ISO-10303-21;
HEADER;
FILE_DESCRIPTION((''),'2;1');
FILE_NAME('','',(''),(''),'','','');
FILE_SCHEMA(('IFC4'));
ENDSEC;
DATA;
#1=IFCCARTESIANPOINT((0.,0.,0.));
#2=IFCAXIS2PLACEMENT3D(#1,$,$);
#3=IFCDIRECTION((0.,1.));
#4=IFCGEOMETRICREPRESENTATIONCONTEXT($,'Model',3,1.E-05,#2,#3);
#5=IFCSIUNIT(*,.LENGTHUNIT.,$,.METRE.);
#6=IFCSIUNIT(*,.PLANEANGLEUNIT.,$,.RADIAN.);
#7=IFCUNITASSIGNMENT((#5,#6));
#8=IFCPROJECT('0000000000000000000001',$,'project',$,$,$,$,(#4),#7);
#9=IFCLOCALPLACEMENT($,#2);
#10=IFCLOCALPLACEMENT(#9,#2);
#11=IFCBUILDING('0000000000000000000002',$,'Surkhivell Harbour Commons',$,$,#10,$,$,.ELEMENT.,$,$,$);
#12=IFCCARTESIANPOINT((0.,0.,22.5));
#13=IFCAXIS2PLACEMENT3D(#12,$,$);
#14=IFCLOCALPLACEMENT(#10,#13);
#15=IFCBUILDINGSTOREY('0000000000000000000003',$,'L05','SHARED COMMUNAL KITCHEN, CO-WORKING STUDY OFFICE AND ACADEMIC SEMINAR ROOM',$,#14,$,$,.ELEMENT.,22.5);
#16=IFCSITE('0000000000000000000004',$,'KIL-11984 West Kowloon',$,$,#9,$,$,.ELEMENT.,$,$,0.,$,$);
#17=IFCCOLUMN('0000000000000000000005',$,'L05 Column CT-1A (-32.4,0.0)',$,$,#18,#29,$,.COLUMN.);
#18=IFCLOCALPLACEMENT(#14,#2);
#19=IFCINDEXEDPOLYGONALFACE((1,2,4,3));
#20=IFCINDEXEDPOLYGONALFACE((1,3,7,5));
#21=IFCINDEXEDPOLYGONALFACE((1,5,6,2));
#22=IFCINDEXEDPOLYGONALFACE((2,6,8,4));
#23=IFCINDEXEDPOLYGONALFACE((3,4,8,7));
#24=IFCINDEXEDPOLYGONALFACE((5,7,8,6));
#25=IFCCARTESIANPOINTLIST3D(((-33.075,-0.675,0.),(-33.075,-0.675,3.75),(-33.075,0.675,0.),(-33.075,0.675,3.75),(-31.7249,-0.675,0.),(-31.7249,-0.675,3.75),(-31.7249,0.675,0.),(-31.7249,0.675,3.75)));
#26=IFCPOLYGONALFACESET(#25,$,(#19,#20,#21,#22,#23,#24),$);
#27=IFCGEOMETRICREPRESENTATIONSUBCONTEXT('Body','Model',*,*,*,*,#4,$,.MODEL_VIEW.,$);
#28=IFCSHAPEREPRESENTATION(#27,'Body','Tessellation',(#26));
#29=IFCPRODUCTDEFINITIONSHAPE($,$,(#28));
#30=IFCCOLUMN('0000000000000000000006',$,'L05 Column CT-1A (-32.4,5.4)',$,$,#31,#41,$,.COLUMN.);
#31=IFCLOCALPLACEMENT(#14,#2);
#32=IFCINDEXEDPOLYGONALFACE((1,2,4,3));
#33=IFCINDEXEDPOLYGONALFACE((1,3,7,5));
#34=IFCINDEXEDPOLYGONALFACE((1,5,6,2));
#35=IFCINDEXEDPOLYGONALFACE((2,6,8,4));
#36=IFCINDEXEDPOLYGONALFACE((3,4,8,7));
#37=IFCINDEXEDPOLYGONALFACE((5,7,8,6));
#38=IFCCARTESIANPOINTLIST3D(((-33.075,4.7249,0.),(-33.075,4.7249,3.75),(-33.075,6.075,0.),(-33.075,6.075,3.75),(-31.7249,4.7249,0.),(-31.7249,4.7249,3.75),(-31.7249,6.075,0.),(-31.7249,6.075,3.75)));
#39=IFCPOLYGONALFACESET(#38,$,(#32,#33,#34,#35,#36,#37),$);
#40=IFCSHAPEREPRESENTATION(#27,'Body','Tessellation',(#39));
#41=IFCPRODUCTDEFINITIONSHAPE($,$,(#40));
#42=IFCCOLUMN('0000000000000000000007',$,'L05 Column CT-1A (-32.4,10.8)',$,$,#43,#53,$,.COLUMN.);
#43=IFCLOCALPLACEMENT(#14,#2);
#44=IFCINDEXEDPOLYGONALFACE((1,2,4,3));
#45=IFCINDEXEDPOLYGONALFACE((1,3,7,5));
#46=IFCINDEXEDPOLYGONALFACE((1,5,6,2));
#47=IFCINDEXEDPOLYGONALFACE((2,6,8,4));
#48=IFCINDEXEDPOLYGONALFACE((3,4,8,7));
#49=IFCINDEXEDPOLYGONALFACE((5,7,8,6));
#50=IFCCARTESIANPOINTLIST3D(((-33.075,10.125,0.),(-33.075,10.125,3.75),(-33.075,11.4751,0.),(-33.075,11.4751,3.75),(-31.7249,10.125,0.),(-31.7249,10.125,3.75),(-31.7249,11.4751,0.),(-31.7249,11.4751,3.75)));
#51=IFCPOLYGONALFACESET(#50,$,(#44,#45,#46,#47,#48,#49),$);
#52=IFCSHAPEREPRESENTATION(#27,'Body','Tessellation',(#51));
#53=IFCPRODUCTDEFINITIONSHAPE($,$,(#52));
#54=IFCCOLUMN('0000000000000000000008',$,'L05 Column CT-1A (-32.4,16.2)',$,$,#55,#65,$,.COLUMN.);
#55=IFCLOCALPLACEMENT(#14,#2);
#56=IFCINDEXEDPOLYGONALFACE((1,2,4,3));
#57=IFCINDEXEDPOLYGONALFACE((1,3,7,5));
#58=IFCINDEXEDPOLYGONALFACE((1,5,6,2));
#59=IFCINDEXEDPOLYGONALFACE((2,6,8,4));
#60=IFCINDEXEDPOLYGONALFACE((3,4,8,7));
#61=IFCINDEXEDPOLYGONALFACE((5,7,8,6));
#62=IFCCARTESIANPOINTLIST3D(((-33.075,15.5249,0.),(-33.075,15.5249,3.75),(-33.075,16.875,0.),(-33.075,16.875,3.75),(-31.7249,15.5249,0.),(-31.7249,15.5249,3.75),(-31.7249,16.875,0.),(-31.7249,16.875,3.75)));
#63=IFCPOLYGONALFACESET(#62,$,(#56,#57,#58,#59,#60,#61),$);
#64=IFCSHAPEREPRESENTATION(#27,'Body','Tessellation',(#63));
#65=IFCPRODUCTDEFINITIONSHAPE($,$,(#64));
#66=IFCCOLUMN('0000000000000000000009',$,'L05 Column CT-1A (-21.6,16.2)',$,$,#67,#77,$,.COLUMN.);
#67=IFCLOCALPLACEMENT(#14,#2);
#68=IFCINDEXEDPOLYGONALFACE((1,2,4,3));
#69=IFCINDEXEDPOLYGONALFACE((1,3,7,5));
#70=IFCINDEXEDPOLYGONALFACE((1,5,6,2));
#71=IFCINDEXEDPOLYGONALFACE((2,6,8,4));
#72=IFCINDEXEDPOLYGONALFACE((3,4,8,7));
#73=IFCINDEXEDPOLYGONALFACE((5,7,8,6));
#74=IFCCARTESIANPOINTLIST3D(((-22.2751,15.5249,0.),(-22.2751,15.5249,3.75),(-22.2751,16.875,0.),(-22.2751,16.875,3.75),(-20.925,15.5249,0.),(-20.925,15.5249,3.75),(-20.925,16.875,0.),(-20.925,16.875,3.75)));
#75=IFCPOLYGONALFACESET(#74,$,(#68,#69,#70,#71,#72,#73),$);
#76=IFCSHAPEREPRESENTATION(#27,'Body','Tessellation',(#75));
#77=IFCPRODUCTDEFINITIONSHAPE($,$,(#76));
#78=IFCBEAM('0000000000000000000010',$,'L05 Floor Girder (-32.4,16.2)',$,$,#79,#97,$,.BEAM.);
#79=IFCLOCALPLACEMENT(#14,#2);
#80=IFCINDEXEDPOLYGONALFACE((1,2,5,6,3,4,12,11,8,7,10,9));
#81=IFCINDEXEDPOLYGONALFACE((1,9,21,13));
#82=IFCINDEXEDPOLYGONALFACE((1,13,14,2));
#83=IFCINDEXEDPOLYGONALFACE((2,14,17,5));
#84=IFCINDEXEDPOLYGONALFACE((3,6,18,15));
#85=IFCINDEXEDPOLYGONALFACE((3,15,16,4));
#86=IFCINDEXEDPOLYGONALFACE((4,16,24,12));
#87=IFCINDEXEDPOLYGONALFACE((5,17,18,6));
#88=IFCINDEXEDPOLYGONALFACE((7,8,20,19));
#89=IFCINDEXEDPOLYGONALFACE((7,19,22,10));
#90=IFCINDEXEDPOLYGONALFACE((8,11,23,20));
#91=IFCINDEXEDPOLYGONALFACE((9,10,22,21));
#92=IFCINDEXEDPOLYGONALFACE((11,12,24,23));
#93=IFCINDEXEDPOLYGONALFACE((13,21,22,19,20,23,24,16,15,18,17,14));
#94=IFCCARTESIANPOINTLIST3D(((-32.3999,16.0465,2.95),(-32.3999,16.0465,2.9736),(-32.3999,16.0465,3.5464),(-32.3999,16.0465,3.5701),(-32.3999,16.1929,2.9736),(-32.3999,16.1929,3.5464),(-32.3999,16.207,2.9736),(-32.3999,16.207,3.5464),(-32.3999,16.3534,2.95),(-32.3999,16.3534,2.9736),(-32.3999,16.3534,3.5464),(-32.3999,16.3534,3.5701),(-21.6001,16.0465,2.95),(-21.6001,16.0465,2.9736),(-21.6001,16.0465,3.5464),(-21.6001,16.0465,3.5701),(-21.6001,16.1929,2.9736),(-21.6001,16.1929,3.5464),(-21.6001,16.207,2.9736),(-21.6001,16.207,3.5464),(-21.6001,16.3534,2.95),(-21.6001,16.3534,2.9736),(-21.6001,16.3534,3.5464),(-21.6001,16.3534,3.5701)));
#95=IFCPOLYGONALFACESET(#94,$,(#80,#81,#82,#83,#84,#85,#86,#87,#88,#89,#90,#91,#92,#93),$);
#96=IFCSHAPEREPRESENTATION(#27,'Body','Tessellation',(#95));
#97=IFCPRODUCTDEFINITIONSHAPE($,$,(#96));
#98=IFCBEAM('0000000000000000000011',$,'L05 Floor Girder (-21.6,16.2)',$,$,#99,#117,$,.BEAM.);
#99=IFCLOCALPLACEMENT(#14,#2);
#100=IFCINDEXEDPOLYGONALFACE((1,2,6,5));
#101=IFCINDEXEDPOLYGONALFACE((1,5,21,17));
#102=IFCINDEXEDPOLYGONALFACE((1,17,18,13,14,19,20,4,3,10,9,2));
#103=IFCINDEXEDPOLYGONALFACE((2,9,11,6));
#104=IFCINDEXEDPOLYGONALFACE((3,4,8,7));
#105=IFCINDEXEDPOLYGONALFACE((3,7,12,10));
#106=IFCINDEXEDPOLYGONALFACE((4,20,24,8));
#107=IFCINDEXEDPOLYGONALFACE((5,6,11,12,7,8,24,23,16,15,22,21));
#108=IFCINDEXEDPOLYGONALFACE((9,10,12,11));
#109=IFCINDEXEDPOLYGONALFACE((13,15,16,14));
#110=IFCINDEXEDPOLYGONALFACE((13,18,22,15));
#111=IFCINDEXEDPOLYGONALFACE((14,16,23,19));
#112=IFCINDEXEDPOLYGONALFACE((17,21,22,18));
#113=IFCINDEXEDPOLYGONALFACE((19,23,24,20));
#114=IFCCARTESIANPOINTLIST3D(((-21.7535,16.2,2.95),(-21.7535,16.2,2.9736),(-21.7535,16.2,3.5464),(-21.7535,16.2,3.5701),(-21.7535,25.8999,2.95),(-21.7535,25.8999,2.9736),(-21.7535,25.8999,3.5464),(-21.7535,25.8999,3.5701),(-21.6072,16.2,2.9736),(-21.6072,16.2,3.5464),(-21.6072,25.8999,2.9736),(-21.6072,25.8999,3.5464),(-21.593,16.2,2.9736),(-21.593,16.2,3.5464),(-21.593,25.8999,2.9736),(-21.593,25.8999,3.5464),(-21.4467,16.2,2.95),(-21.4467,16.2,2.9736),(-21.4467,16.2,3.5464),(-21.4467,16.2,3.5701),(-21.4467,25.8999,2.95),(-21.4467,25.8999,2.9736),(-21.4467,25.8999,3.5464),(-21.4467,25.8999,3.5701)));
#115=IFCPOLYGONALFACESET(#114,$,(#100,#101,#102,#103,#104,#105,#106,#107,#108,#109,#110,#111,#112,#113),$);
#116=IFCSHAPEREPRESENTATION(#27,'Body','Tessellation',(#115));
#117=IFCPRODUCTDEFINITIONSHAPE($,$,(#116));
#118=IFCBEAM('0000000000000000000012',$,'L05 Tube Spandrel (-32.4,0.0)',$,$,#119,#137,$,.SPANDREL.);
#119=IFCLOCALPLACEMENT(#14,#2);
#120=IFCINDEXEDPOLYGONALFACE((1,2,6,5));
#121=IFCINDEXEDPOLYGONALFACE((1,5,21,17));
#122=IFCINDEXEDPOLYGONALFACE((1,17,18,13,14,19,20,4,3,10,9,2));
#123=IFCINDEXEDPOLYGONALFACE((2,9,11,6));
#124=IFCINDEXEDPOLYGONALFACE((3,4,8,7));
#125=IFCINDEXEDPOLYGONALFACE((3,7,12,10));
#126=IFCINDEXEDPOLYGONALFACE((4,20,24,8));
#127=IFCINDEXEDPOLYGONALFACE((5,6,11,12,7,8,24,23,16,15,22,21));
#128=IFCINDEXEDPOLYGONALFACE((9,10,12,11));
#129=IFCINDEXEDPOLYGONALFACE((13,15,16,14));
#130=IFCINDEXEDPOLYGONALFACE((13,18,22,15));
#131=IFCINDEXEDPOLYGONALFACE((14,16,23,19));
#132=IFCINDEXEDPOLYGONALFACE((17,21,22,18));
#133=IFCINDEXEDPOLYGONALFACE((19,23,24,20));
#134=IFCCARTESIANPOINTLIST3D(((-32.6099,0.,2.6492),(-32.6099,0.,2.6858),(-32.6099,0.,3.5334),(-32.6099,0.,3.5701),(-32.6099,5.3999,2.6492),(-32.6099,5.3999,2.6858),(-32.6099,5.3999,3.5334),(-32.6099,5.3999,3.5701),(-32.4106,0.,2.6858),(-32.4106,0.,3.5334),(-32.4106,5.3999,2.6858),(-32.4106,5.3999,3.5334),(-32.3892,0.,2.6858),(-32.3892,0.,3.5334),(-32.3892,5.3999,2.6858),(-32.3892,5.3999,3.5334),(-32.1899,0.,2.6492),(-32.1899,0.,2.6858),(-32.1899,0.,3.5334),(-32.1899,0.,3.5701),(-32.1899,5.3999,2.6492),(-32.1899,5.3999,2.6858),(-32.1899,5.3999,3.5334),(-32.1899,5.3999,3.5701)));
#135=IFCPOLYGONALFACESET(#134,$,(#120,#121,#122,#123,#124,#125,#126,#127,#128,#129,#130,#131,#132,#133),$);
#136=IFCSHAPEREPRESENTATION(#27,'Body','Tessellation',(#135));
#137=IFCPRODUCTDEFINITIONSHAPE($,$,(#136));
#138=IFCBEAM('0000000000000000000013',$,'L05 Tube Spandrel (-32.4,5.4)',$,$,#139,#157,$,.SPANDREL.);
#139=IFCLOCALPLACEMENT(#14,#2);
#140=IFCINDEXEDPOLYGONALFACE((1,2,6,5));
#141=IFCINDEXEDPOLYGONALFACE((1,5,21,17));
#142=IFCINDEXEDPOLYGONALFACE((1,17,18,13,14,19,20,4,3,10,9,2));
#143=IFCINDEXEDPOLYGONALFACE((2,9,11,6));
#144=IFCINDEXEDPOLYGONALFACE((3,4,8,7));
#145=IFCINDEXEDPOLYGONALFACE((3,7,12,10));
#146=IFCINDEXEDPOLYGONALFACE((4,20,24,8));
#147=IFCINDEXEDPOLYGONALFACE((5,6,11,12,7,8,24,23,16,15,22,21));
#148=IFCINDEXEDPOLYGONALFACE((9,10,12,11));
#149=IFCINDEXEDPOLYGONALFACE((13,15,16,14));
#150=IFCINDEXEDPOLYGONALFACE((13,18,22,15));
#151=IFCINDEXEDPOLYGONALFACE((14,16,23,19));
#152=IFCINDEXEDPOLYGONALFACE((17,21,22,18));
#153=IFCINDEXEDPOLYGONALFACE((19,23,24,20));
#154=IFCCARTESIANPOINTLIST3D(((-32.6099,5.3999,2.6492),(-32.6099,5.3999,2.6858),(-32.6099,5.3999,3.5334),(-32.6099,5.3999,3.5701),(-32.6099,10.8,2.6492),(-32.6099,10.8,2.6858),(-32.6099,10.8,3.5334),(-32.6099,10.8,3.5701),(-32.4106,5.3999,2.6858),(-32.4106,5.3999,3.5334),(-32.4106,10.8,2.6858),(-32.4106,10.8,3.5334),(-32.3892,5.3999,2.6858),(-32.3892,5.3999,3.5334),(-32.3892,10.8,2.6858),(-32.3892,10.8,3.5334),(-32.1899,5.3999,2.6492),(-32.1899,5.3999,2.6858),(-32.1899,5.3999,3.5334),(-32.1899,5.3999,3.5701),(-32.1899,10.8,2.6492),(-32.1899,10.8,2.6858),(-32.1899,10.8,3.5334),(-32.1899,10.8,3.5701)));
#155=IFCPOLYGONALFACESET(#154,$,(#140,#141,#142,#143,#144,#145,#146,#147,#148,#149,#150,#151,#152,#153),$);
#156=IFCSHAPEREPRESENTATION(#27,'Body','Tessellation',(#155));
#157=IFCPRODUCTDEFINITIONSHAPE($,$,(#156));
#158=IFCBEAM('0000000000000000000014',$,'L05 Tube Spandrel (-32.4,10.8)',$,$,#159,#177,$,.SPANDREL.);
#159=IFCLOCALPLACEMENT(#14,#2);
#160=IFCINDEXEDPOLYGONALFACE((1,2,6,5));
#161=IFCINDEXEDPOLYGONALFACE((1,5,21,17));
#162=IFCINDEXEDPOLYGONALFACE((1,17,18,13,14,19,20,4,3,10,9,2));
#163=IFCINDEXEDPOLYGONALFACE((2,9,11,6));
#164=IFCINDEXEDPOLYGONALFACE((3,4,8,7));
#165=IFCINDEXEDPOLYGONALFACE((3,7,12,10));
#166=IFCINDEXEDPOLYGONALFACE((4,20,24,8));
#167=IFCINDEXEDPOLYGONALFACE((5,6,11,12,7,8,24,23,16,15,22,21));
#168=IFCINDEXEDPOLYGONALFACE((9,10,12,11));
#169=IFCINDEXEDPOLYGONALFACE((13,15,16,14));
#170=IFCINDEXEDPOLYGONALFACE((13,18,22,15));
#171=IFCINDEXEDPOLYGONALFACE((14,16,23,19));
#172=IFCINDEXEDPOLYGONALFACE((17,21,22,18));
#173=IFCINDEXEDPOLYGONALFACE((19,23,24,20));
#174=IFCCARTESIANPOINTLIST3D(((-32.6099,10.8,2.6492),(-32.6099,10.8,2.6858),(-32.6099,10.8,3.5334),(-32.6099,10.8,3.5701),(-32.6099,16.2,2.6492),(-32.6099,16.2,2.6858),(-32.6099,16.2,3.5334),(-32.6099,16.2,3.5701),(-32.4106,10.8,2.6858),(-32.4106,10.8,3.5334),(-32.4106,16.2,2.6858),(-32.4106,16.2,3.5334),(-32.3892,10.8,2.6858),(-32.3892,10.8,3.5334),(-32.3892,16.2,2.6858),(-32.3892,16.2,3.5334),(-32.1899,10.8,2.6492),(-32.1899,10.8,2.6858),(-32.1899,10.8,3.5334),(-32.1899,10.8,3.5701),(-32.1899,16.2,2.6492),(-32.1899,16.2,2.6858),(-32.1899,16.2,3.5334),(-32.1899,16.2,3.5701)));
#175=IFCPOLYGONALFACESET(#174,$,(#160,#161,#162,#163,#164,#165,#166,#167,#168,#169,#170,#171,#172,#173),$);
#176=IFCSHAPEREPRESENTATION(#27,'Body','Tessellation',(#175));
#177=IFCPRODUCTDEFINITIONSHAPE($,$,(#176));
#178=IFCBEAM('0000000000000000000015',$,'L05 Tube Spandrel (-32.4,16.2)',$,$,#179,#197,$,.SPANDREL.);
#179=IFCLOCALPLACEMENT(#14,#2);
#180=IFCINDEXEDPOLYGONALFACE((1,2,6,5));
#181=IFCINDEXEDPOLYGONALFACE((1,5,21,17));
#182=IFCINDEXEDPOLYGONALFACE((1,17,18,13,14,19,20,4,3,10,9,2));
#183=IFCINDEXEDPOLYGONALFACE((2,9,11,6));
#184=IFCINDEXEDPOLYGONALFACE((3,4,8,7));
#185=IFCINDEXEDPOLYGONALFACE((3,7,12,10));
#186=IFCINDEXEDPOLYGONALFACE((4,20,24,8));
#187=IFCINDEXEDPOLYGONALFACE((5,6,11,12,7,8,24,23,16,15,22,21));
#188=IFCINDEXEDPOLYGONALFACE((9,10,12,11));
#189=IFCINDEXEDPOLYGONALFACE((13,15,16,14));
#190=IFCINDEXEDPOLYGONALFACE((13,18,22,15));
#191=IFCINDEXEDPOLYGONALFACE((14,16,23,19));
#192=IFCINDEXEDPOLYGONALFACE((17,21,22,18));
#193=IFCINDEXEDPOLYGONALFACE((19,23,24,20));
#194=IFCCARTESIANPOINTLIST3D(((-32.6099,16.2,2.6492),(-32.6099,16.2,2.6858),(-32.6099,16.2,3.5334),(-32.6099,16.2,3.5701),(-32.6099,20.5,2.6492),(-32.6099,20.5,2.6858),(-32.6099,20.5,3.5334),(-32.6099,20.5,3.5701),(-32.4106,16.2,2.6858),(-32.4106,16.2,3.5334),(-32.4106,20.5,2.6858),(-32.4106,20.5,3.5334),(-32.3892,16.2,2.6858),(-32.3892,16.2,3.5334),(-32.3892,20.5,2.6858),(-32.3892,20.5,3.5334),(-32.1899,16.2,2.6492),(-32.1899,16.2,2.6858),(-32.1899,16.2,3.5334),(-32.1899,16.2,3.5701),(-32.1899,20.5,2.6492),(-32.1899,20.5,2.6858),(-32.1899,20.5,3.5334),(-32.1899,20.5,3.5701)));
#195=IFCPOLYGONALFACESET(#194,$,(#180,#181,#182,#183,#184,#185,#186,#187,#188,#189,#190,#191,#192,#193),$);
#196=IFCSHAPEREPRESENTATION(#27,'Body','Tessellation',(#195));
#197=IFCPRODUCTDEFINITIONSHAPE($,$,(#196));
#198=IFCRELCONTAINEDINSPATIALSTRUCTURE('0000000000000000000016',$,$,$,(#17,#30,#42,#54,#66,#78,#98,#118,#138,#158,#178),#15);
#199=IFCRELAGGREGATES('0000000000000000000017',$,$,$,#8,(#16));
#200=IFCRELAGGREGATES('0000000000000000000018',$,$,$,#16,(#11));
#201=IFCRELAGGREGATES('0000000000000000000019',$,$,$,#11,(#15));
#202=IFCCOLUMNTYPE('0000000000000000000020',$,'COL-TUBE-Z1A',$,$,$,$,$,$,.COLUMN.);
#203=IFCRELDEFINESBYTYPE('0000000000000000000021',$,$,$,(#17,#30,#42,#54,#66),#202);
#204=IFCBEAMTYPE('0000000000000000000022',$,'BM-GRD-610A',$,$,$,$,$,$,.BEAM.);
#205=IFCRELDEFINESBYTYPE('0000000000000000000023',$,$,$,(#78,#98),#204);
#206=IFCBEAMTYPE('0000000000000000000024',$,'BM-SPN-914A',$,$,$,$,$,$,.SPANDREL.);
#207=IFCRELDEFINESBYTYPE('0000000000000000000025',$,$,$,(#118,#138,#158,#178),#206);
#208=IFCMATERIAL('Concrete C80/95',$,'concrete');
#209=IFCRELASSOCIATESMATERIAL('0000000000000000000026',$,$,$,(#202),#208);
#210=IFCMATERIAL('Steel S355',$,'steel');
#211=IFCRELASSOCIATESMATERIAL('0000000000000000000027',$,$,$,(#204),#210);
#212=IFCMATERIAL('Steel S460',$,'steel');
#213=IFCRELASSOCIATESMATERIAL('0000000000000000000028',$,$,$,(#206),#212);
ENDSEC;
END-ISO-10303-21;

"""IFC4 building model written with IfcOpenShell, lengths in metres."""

from ifc_helpers import new_model, si_unit, direction, frame, origin, origin_2d, place, context, subcontext, project, spatial, rectangle, i_section, extrude, material, material_profile, profile_set, type_object, element, save


model = new_model("IFC4")

# Units and contexts
model_context = context("Model", 3, precision=1e-05, world=origin(), true_north=direction((0.0, 1.0)))
body_context = subcontext(model_context, "Body", "Model", "MODEL_VIEW")
ifc_project = project(units=[si_unit("LENGTHUNIT", "METRE"), si_unit("PLANEANGLEUNIT", "RADIAN")], contexts=[model_context])

# Site, building, storey
site_placement = place(None, origin())
site = spatial("IfcSite", under=ifc_project, at=site_placement, Name="KIL-11984 West Kowloon", CompositionType="ELEMENT", RefElevation=0.0)
building_placement = place(site_placement, origin())
building = spatial("IfcBuilding", under=site, at=building_placement, Name="Surkhivell Harbour Commons", CompositionType="ELEMENT")
storey_placement = place(building_placement, frame((0.0, 0.0, 22.5)))
storey = spatial("IfcBuildingStorey", under=building, at=storey_placement, Name="L05", Description="SHARED COMMUNAL KITCHEN, CO-WORKING STUDY OFFICE AND ACADEMIC SEMINAR ROOM", CompositionType="ELEMENT", Elevation=22.5)

# Columns
ifc_material_1 = material(Name="Concrete C80/95", Category="concrete")
ifc_material_profile_1 = material_profile(ifc_material_1, rectangle(XDim=1.3501, YDim=1.3501, at=origin_2d()), Name="RC-COL-1350x1350")
ifc_profile_set_1 = profile_set([ifc_material_profile_1], Name="Concrete C80/95")
column_type = type_object("IfcColumnType", Name="COL-TUBE-Z1A", PredefinedType="COLUMN", material=ifc_profile_set_1)
for number, where, z_axis, x_axis, name in (
    (1, (-32.3999, 0.0, 0.0), (0.0, 0.0, 1.0), (1.0, 0.0, 0.0), "L05 Column CT-1A (-32.4,0.0)"),
    (2, (-32.3999, 5.3999, 0.0), (0.0, 0.0, 1.0), (1.0, 0.0, 0.0), "L05 Column CT-1A (-32.4,5.4)"),
    (3, (-32.3999, 10.8, 0.0), (0.0, 0.0, 1.0), (1.0, 0.0, 0.0), "L05 Column CT-1A (-32.4,10.8)"),
    (4, (-32.3999, 16.2, 0.0), (0.0, 0.0, 1.0), (1.0, 0.0, 0.0), "L05 Column CT-1A (-32.4,16.2)"),
    (5, (-21.6001, 16.2, 0.0), (0.0, 0.0, 1.0), (1.0, 0.0, 0.0), "L05 Column CT-1A (-21.6,16.2)"),
):
    element("IfcColumn", number, at=place(storey_placement, frame(where, z_axis=z_axis, x_axis=x_axis)), inside=storey, type_object=column_type, Name=name, PredefinedType="COLUMN", context=body_context, shape_type="SweptSolid", body=[
        extrude(rectangle(XDim=1.3501, YDim=1.3501, at=origin_2d()), origin(), (0.0, 0.0, 1.0), 3.75),
    ])

# Beams
ifc_material_2 = material(Name="Steel S355", Category="steel")
ifc_material_profile_2 = material_profile(ifc_material_2, i_section(OverallWidth=0.3069, OverallDepth=0.6201, WebThickness=0.0142, FlangeThickness=0.0237, at=origin_2d()), Name="UB610x305x179")
ifc_profile_set_2 = profile_set([ifc_material_profile_2], Name="Steel S355")
beam_type_1 = type_object("IfcBeamType", Name="BM-GRD-610A", PredefinedType="BEAM", material=ifc_profile_set_2)
beam_1_placement = place(storey_placement, frame((-32.3999, 16.2, 3.26), z_axis=(1.0, 0.0, 0.0), x_axis=(0.0, 1.0, 0.0)))
element("IfcBeam", 6, at=beam_1_placement, inside=storey, type_object=beam_type_1, Name="L05 Floor Girder (-32.4,16.2)", PredefinedType="BEAM", context=body_context, shape_type="SweptSolid", body=[
    extrude(i_section(OverallWidth=0.3069, OverallDepth=0.6201, WebThickness=0.0142, FlangeThickness=0.0237, at=origin_2d()), origin(), (0.0, 0.0, 1.0), 10.7998),
])
beam_2_placement = place(storey_placement, frame((-21.6001, 16.2, 3.26), z_axis=(0.0, 1.0, 0.0), x_axis=(-1.0, 0.0, 0.0)))
element("IfcBeam", 7, at=beam_2_placement, inside=storey, type_object=beam_type_1, Name="L05 Floor Girder (-21.6,16.2)", PredefinedType="BEAM", context=body_context, shape_type="SweptSolid", body=[
    extrude(i_section(OverallWidth=0.3069, OverallDepth=0.6201, WebThickness=0.0142, FlangeThickness=0.0237, at=origin_2d()), origin(), (0.0, 0.0, 1.0), 9.7),
])
ifc_material_3 = material(Name="Steel S460", Category="steel")
ifc_material_profile_3 = material_profile(ifc_material_3, i_section(OverallWidth=0.4199, OverallDepth=0.9209, WebThickness=0.0215, FlangeThickness=0.0366, at=origin_2d()), Name="UB914x419x388")
ifc_profile_set_3 = profile_set([ifc_material_profile_3], Name="Steel S460")
beam_type_2 = type_object("IfcBeamType", Name="BM-SPN-914A", PredefinedType="SPANDREL", material=ifc_profile_set_3)
beam_3_placement = place(storey_placement, frame((-32.3999, 0.0, 3.1096), z_axis=(0.0, 1.0, 0.0), x_axis=(-1.0, 0.0, 0.0)))
element("IfcBeam", 8, at=beam_3_placement, inside=storey, type_object=beam_type_2, Name="L05 Tube Spandrel (-32.4,0.0)", PredefinedType="SPANDREL", context=body_context, shape_type="SweptSolid", body=[
    extrude(i_section(OverallWidth=0.4199, OverallDepth=0.9209, WebThickness=0.0215, FlangeThickness=0.0366, at=origin_2d()), origin(), (0.0, 0.0, 1.0), 5.3999),
])
beam_4_placement = place(storey_placement, frame((-32.3999, 5.3999, 3.1096), z_axis=(0.0, 1.0, 0.0), x_axis=(-1.0, 0.0, 0.0)))
element("IfcBeam", 9, at=beam_4_placement, inside=storey, type_object=beam_type_2, Name="L05 Tube Spandrel (-32.4,5.4)", PredefinedType="SPANDREL", context=body_context, shape_type="SweptSolid", body=[
    extrude(i_section(OverallWidth=0.4199, OverallDepth=0.9209, WebThickness=0.0215, FlangeThickness=0.0366, at=origin_2d()), origin(), (0.0, 0.0, 1.0), 5.4001),
])
beam_5_placement = place(storey_placement, frame((-32.3999, 10.8, 3.1096), z_axis=(0.0, 1.0, 0.0), x_axis=(-1.0, 0.0, 0.0)))
element("IfcBeam", 10, at=beam_5_placement, inside=storey, type_object=beam_type_2, Name="L05 Tube Spandrel (-32.4,10.8)", PredefinedType="SPANDREL", context=body_context, shape_type="SweptSolid", body=[
    extrude(i_section(OverallWidth=0.4199, OverallDepth=0.9209, WebThickness=0.0215, FlangeThickness=0.0366, at=origin_2d()), origin(), (0.0, 0.0, 1.0), 5.3999),
])
beam_6_placement = place(storey_placement, frame((-32.3999, 16.2, 3.1096), z_axis=(0.0, 1.0, 0.0), x_axis=(-1.0, 0.0, 0.0)))
element("IfcBeam", 11, at=beam_6_placement, inside=storey, type_object=beam_type_2, Name="L05 Tube Spandrel (-32.4,16.2)", PredefinedType="SPANDREL", context=body_context, shape_type="SweptSolid", body=[
    extrude(i_section(OverallWidth=0.4199, OverallDepth=0.9209, WebThickness=0.0215, FlangeThickness=0.0366, at=origin_2d()), origin(), (0.0, 0.0, 1.0), 4.3),
])

save(model, "model.ifc")
